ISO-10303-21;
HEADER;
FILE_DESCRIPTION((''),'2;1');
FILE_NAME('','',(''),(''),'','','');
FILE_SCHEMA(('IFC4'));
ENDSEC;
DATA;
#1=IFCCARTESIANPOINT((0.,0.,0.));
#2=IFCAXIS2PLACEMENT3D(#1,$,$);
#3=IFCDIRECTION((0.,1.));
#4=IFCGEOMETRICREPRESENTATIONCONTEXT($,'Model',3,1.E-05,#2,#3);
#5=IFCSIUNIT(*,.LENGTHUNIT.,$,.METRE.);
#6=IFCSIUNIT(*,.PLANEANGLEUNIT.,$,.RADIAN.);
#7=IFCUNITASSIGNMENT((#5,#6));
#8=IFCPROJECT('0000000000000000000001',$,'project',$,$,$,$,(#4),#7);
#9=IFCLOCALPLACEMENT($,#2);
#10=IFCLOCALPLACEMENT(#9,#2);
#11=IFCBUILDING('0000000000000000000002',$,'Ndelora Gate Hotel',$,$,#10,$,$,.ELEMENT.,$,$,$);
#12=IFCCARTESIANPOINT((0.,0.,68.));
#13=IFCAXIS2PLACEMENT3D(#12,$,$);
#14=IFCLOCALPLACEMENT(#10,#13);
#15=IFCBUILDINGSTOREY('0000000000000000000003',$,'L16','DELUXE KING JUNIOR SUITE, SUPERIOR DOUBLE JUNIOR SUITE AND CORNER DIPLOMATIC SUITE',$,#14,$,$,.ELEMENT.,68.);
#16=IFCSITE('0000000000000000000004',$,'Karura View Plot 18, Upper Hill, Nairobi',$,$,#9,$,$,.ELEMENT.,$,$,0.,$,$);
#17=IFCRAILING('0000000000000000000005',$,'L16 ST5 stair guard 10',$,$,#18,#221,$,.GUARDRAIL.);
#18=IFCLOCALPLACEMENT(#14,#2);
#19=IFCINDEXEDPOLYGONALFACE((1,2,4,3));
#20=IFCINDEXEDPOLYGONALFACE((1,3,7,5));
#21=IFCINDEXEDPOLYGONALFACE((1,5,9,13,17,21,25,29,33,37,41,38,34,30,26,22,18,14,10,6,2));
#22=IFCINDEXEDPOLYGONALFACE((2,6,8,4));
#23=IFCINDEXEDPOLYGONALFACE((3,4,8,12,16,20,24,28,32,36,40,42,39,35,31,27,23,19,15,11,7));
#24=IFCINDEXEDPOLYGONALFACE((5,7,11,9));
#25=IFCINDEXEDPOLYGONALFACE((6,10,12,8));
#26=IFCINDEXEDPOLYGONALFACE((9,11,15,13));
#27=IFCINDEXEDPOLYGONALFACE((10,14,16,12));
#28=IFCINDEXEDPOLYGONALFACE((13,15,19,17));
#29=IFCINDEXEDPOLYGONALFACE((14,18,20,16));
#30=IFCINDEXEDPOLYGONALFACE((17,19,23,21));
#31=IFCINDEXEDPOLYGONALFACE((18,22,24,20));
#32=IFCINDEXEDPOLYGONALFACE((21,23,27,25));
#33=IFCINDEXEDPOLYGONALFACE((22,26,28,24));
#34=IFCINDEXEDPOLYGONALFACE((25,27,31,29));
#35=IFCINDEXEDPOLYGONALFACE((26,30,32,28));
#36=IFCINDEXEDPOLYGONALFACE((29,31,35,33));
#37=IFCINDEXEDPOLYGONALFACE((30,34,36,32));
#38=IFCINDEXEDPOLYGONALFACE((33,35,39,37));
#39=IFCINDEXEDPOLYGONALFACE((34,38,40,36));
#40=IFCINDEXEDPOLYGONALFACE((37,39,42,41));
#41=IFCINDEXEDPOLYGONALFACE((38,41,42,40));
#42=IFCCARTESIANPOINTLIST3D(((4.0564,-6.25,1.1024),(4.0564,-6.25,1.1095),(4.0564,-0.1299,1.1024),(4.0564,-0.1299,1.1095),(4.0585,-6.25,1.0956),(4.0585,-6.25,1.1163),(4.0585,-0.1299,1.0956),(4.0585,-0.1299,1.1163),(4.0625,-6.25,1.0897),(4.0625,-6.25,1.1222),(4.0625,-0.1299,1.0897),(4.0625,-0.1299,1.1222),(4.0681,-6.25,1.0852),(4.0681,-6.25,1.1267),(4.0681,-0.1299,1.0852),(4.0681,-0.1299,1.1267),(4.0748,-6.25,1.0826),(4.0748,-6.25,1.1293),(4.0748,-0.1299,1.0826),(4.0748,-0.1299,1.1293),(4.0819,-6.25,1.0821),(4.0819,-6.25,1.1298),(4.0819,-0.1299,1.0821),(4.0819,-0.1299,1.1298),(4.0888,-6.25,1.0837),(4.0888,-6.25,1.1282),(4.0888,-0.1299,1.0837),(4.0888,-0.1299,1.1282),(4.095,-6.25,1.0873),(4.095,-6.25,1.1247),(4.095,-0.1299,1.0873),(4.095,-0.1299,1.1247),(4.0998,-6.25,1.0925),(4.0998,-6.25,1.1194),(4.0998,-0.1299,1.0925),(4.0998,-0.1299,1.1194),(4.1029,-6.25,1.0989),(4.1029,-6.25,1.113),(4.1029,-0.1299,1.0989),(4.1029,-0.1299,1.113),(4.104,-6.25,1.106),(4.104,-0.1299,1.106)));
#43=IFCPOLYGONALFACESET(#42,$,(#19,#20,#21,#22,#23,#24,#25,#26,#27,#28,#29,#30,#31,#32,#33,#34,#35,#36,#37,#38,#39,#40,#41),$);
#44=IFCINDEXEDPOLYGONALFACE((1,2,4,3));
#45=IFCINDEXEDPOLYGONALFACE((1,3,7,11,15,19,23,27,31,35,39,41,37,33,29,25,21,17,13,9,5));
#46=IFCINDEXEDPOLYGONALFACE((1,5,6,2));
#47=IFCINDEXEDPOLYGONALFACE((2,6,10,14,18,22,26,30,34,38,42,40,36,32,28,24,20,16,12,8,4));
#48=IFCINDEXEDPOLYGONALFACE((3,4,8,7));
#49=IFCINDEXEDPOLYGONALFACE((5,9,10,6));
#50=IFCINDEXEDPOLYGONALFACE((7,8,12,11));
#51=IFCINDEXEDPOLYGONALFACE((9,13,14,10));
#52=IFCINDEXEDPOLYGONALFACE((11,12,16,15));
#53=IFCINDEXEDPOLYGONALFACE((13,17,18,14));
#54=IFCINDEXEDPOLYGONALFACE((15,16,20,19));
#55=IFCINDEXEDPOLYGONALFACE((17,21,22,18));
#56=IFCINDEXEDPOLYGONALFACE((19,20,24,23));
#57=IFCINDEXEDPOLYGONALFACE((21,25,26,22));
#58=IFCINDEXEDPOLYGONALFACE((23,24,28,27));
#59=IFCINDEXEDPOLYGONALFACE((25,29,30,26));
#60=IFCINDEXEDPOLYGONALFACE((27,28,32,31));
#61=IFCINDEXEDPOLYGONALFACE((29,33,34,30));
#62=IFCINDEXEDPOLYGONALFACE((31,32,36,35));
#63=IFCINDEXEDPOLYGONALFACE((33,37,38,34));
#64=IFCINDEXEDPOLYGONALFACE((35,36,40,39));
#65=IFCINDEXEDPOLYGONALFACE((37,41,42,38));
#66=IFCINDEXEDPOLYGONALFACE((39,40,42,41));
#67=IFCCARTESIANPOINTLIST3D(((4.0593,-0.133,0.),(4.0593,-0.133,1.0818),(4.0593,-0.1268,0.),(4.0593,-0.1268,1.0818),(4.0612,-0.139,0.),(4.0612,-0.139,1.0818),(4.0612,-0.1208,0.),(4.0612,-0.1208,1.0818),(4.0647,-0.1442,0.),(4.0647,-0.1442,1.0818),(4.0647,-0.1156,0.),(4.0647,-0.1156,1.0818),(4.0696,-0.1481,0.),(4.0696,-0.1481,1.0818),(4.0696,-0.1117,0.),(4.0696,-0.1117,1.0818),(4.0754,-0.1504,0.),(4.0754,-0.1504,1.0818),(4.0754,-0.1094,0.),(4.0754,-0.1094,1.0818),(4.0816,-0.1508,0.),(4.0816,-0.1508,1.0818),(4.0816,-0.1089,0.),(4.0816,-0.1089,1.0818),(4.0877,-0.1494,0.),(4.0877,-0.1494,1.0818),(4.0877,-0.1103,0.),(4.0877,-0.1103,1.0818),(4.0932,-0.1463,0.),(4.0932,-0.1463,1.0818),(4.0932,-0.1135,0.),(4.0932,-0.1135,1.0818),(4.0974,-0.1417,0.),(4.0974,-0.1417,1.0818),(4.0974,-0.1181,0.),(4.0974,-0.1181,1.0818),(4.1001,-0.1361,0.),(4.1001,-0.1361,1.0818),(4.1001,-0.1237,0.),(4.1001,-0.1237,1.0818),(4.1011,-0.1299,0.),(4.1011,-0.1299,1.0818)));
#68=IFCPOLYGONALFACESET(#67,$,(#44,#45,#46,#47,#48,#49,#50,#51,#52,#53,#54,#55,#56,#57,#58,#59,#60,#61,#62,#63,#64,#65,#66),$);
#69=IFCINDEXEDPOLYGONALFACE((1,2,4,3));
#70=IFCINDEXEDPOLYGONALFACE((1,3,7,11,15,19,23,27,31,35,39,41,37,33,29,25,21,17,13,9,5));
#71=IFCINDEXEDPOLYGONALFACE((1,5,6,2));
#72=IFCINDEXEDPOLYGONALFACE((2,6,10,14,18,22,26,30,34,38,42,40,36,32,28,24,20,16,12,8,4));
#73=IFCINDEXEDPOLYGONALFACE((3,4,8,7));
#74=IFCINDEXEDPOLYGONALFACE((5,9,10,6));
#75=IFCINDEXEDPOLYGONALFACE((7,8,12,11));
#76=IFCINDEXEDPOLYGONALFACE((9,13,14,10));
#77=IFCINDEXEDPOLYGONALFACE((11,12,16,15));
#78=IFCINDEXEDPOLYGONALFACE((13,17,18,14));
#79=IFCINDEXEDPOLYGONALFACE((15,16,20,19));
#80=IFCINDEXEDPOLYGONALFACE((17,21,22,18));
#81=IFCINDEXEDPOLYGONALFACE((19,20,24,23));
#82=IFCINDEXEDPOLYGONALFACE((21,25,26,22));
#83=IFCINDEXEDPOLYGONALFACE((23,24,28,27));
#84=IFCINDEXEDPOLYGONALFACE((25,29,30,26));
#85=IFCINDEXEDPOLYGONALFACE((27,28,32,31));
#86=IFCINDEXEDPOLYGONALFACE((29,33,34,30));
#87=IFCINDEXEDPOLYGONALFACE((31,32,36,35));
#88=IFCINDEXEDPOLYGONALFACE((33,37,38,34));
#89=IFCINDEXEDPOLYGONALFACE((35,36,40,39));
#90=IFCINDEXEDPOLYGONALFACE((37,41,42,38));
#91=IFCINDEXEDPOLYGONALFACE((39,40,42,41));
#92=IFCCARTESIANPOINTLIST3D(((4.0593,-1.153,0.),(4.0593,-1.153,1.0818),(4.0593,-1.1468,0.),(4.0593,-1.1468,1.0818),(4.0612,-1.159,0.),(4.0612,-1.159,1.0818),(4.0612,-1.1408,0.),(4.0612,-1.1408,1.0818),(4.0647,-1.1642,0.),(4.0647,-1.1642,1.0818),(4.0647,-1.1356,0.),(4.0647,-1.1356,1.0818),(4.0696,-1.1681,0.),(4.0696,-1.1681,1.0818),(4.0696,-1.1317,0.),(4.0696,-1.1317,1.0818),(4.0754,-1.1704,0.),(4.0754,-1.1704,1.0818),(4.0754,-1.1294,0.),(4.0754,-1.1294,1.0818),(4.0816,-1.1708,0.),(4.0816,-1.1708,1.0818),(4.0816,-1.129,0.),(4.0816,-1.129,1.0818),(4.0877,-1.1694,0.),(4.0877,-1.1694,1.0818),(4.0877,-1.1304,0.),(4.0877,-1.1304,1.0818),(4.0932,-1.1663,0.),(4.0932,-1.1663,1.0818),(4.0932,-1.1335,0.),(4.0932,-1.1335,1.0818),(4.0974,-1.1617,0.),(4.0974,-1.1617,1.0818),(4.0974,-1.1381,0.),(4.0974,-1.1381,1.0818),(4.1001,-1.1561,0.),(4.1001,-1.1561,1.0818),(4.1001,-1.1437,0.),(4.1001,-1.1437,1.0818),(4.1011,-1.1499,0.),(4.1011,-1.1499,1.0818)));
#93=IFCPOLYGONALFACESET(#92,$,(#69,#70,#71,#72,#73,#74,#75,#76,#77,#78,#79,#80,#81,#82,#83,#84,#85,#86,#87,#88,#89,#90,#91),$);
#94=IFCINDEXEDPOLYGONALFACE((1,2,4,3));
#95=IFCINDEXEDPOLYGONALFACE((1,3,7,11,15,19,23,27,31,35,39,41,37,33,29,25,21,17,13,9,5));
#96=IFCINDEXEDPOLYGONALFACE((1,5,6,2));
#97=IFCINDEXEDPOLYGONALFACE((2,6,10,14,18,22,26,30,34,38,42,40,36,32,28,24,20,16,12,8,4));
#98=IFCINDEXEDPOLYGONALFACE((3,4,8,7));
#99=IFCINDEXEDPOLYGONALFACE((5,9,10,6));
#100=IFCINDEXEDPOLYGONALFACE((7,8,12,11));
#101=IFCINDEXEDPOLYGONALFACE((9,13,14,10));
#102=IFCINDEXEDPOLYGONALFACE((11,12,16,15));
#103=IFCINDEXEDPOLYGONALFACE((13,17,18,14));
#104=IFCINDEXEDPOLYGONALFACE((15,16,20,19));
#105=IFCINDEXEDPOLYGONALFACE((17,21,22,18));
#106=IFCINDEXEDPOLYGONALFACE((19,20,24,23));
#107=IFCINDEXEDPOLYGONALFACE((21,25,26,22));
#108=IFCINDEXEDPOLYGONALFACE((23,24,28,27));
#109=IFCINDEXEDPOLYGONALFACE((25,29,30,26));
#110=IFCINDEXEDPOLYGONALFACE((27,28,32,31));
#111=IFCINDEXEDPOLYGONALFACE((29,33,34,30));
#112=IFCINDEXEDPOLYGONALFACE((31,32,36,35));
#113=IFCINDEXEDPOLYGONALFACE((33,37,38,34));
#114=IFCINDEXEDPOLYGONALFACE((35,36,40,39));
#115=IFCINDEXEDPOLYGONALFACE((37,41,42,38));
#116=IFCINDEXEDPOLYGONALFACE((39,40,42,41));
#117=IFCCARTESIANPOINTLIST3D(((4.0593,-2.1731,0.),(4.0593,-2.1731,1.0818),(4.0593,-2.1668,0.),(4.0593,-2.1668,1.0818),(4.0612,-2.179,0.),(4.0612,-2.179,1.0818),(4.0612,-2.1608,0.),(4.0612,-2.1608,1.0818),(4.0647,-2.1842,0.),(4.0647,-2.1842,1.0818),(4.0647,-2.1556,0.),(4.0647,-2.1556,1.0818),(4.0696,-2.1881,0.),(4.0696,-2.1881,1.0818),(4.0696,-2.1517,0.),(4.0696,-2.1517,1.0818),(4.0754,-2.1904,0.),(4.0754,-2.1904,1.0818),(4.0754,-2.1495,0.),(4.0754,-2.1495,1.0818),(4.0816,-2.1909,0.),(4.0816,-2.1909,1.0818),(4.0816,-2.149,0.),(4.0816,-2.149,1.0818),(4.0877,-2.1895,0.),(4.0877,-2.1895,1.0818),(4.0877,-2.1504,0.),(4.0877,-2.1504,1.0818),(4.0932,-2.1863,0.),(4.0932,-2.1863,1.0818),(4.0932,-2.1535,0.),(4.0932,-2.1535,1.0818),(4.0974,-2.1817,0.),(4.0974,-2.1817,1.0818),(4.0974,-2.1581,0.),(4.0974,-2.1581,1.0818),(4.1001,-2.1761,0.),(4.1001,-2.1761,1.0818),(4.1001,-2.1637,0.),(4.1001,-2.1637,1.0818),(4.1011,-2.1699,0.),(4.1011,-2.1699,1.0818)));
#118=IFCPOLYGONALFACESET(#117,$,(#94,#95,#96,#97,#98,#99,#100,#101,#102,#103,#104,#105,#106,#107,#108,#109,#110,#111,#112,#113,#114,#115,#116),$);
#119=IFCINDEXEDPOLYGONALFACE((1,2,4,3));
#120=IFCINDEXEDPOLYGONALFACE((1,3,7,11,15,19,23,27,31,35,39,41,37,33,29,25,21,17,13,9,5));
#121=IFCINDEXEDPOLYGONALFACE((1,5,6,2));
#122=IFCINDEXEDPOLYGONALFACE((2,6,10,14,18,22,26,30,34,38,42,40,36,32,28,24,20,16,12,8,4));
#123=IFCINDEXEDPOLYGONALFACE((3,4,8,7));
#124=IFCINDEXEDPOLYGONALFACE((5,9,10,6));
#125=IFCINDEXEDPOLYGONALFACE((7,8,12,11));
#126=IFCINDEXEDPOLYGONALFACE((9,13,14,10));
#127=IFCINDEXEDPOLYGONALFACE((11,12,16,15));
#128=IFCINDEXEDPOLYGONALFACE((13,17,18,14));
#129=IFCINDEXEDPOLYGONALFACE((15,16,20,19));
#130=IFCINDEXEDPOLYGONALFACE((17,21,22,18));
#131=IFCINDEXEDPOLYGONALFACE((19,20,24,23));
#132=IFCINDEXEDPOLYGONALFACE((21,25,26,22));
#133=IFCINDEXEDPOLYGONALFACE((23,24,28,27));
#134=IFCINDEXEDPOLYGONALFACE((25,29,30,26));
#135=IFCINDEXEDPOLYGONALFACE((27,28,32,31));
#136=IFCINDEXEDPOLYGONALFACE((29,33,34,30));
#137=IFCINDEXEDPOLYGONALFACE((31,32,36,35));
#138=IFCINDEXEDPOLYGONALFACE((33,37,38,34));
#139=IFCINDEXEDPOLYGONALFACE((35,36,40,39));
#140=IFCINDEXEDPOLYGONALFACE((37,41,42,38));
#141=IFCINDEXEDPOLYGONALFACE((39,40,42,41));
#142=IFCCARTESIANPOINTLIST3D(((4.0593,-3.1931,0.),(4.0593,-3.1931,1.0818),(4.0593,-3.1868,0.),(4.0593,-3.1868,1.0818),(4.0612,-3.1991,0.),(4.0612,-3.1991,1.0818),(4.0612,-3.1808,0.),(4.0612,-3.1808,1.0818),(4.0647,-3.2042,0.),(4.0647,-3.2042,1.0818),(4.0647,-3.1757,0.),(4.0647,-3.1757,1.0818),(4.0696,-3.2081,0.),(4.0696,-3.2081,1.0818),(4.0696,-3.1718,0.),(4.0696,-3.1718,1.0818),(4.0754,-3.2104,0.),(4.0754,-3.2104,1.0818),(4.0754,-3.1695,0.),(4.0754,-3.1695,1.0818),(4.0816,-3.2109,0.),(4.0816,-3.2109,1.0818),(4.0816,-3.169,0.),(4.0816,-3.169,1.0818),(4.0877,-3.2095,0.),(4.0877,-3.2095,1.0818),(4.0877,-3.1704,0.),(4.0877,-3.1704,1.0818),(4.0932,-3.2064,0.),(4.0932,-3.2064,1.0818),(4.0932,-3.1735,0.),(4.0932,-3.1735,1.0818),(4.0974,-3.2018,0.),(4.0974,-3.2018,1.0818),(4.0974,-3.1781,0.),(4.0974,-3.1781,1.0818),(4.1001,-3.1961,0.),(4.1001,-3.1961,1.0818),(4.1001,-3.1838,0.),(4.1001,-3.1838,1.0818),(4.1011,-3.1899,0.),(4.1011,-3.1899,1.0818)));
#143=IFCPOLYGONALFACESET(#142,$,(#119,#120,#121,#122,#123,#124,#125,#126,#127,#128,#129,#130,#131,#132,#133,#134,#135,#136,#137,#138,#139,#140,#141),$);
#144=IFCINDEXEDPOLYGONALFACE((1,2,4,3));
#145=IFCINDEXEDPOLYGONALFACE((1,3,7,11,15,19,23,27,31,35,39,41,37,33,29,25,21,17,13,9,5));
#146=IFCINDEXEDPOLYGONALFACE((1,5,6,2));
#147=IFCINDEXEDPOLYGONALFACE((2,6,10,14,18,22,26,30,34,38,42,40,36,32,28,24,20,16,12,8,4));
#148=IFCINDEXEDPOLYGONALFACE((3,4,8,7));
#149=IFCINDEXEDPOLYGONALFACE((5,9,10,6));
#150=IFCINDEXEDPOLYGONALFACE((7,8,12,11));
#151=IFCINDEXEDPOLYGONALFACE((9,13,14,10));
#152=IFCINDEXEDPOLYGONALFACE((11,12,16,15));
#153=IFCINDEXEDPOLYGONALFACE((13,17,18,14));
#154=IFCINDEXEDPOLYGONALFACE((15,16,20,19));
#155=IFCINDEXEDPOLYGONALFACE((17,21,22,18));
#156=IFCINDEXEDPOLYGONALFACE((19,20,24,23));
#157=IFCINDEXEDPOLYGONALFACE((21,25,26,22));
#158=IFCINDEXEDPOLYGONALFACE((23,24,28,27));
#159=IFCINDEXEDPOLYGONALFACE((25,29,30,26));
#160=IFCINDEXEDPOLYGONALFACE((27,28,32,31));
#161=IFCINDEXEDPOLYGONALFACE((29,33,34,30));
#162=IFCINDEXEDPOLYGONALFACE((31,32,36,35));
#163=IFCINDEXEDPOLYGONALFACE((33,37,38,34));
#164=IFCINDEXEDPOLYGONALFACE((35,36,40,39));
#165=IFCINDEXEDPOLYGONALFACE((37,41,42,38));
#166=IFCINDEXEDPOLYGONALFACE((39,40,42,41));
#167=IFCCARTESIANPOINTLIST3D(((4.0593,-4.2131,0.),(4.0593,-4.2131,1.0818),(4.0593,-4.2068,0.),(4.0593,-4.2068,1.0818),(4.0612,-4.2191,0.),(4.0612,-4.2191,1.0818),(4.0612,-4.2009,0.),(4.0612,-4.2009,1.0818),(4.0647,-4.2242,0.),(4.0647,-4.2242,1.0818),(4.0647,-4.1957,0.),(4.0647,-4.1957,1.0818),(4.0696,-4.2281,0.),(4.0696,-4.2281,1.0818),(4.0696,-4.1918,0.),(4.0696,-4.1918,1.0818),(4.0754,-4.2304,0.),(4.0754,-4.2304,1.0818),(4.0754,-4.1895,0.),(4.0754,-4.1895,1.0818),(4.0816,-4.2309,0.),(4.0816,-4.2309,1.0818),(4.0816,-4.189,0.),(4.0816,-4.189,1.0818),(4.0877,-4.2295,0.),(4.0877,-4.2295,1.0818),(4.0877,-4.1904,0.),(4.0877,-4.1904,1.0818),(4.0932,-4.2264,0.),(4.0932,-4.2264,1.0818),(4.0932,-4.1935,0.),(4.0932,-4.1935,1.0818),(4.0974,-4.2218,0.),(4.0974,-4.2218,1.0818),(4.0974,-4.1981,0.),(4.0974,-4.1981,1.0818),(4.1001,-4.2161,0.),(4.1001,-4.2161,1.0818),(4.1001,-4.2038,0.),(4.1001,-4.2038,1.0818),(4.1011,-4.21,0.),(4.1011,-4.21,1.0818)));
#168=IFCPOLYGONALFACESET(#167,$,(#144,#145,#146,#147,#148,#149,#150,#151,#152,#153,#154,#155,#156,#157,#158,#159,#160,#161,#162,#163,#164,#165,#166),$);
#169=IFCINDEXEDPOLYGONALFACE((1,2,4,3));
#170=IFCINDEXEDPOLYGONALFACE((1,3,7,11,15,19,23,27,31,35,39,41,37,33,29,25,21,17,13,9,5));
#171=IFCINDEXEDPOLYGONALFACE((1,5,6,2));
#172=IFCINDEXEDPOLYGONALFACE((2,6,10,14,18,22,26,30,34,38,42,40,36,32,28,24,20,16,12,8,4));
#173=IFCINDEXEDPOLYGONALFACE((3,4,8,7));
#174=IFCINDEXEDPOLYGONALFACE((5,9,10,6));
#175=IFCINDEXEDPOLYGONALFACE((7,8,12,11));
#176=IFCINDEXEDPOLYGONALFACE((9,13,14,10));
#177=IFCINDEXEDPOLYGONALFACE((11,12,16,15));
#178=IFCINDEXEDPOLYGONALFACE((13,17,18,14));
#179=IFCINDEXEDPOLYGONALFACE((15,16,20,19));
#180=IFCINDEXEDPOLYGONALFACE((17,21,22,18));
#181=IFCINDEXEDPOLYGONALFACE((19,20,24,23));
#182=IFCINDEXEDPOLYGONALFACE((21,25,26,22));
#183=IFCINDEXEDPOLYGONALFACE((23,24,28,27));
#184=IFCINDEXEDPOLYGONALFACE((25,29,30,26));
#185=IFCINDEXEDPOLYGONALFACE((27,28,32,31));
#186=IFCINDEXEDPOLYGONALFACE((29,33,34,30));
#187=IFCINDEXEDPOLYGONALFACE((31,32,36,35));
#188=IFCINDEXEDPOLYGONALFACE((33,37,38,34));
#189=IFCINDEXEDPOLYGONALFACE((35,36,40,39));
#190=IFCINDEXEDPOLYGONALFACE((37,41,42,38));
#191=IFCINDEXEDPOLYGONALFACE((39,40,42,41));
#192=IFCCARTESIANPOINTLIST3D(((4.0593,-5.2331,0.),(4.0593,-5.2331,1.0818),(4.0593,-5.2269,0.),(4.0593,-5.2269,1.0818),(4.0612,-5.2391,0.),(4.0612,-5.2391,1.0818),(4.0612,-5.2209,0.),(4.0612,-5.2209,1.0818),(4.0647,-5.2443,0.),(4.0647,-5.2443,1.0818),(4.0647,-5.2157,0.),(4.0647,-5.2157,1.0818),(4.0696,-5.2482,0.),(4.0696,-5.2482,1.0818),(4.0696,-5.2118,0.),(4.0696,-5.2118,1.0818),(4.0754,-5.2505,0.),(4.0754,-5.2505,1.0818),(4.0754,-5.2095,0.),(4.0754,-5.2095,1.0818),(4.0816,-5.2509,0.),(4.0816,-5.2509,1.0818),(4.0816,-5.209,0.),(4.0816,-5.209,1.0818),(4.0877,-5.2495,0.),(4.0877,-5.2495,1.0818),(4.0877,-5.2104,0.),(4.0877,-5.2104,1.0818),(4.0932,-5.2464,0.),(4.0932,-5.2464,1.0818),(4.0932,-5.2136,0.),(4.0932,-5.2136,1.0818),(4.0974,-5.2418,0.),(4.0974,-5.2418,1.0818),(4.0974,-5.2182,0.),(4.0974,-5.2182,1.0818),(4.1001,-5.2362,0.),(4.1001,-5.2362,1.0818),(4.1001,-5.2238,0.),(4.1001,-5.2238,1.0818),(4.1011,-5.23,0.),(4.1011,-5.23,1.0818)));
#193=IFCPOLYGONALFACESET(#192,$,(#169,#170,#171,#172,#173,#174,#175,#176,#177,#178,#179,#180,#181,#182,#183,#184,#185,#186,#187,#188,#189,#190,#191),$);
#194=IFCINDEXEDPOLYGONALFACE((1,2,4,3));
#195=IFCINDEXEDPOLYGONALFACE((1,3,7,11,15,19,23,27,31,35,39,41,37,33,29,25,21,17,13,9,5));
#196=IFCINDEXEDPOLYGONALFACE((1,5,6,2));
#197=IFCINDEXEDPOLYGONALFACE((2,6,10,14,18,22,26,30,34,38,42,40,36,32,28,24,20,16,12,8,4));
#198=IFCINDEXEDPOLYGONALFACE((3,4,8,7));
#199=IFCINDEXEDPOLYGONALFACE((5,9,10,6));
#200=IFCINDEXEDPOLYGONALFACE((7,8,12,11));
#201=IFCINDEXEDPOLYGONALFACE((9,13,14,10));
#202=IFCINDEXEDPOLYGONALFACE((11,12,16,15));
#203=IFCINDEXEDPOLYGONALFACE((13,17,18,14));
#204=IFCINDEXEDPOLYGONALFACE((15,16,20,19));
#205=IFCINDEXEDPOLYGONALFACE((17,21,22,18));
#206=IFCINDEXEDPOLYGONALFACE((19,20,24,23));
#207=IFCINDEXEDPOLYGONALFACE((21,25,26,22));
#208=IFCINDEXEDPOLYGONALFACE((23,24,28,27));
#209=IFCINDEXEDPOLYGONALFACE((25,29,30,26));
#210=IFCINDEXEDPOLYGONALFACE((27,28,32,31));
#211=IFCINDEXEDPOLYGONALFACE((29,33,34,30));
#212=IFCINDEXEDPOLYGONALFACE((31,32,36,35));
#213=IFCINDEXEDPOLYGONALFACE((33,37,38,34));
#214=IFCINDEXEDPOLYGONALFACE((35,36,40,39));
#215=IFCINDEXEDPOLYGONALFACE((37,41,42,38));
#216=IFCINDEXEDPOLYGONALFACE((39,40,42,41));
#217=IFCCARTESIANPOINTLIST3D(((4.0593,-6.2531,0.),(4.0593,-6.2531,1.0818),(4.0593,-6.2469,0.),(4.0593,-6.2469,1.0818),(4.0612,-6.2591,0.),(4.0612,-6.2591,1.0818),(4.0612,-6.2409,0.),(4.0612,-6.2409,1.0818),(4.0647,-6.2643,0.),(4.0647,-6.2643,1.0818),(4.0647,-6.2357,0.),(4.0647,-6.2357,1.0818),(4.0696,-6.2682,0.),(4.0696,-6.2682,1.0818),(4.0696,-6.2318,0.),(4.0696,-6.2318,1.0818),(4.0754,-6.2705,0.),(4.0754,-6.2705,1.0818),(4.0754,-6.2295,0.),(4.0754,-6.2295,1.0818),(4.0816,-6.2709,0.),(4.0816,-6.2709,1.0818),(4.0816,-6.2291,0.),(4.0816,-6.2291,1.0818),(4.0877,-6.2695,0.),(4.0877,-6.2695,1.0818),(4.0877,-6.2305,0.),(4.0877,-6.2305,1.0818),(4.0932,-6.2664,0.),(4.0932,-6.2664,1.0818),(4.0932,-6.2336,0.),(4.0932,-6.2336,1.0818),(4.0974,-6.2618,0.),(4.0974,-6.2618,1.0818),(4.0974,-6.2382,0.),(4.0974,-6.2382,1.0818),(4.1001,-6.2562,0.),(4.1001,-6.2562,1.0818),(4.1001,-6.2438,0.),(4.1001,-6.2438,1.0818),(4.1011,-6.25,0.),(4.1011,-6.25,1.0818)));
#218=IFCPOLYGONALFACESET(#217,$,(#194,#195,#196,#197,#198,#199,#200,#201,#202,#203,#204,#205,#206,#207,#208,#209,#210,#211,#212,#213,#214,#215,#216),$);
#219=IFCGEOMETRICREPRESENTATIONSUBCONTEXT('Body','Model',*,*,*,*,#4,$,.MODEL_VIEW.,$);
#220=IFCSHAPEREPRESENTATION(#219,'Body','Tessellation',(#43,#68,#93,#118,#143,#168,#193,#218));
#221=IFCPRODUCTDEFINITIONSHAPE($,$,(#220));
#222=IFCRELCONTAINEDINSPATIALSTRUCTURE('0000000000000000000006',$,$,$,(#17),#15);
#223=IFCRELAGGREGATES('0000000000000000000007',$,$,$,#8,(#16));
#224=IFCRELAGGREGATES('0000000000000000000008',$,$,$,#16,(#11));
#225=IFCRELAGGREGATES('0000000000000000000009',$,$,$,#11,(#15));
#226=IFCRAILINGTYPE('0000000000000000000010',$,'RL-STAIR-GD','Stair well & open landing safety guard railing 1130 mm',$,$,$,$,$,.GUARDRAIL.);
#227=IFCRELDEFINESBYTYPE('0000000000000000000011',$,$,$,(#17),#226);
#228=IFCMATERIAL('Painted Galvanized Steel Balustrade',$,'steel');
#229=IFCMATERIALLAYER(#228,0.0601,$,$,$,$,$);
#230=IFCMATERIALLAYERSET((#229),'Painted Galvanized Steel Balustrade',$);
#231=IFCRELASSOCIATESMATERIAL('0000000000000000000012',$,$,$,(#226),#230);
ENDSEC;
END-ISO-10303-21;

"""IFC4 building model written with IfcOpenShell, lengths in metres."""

from ifc_helpers import new_model, si_unit, direction, frame, origin, origin_2d, place, context, subcontext, project, spatial, circle, extrude, material, layer, layer_set, type_object, element, save


model = new_model("IFC4")

# Units and contexts
model_context = context("Model", 3, precision=1e-05, world=origin(), true_north=direction((0.0, 1.0)))
body_context = subcontext(model_context, "Body", "Model", "MODEL_VIEW")
ifc_project = project(units=[si_unit("LENGTHUNIT", "METRE"), si_unit("PLANEANGLEUNIT", "RADIAN")], contexts=[model_context])

# Site, building, storey
site_placement = place(None, origin())
site = spatial("IfcSite", under=ifc_project, at=site_placement, Name="Karura View Plot 18, Upper Hill, Nairobi", CompositionType="ELEMENT", RefElevation=0.0)
building_placement = place(site_placement, origin())
building = spatial("IfcBuilding", under=site, at=building_placement, Name="Ndelora Gate Hotel", CompositionType="ELEMENT")
storey_placement = place(building_placement, frame((0.0, 0.0, 68.0)))
storey = spatial("IfcBuildingStorey", under=building, at=storey_placement, Name="L16", Description="DELUXE KING JUNIOR SUITE, SUPERIOR DOUBLE JUNIOR SUITE AND CORNER DIPLOMATIC SUITE", CompositionType="ELEMENT", Elevation=68.0)

# Railing
ifc_material_1 = material(Name="Painted Galvanized Steel Balustrade", Category="steel")
ifc_layer_1 = layer(ifc_material_1, 0.0601)
ifc_layer_set_1 = layer_set([ifc_layer_1], Name="Painted Galvanized Steel Balustrade")
railing_type_1 = type_object("IfcRailingType", Name="RL-STAIR-GD", Description="Stair well & open landing safety guard railing 1130 mm", PredefinedType="GUARDRAIL", material=ifc_layer_set_1)
railing_1_placement = place(storey_placement, frame((4.0801, -0.1299, 0.0)))
element("IfcRailing", 1, at=railing_1_placement, inside=storey, type_object=railing_type_1, Name="L16 ST5 stair guard 10", PredefinedType="GUARDRAIL", context=body_context, shape_type="SweptSolid", body=[
    extrude(circle(Radius=0.0239, at=origin_2d()), frame((0.0, 0.0, 1.106), z_axis=(0.0, -1.0, 0.0), x_axis=(1.0, 0.0, 0.0)), (0.0, 0.0, 1.0), 6.1201),
    extrude(circle(Radius=0.021, at=origin_2d()), origin(), (0.0, 0.0, 1.0), 1.0818),
    extrude(circle(Radius=0.021, at=origin_2d()), frame((0.0, -1.02, 0.0)), (0.0, 0.0, 1.0), 1.0818),
    extrude(circle(Radius=0.021, at=origin_2d()), frame((0.0, -2.04, 0.0)), (0.0, 0.0, 1.0), 1.0818),
    extrude(circle(Radius=0.021, at=origin_2d()), frame((0.0, -3.0601, 0.0)), (0.0, 0.0, 1.0), 1.0818),
    extrude(circle(Radius=0.021, at=origin_2d()), frame((0.0, -4.0801, 0.0)), (0.0, 0.0, 1.0), 1.0818),
    extrude(circle(Radius=0.021, at=origin_2d()), frame((0.0, -5.1001, 0.0)), (0.0, 0.0, 1.0), 1.0818),
    extrude(circle(Radius=0.021, at=origin_2d()), frame((0.0, -6.1201, 0.0)), (0.0, 0.0, 1.0), 1.0818),
])

save(model, "model.ifc")
